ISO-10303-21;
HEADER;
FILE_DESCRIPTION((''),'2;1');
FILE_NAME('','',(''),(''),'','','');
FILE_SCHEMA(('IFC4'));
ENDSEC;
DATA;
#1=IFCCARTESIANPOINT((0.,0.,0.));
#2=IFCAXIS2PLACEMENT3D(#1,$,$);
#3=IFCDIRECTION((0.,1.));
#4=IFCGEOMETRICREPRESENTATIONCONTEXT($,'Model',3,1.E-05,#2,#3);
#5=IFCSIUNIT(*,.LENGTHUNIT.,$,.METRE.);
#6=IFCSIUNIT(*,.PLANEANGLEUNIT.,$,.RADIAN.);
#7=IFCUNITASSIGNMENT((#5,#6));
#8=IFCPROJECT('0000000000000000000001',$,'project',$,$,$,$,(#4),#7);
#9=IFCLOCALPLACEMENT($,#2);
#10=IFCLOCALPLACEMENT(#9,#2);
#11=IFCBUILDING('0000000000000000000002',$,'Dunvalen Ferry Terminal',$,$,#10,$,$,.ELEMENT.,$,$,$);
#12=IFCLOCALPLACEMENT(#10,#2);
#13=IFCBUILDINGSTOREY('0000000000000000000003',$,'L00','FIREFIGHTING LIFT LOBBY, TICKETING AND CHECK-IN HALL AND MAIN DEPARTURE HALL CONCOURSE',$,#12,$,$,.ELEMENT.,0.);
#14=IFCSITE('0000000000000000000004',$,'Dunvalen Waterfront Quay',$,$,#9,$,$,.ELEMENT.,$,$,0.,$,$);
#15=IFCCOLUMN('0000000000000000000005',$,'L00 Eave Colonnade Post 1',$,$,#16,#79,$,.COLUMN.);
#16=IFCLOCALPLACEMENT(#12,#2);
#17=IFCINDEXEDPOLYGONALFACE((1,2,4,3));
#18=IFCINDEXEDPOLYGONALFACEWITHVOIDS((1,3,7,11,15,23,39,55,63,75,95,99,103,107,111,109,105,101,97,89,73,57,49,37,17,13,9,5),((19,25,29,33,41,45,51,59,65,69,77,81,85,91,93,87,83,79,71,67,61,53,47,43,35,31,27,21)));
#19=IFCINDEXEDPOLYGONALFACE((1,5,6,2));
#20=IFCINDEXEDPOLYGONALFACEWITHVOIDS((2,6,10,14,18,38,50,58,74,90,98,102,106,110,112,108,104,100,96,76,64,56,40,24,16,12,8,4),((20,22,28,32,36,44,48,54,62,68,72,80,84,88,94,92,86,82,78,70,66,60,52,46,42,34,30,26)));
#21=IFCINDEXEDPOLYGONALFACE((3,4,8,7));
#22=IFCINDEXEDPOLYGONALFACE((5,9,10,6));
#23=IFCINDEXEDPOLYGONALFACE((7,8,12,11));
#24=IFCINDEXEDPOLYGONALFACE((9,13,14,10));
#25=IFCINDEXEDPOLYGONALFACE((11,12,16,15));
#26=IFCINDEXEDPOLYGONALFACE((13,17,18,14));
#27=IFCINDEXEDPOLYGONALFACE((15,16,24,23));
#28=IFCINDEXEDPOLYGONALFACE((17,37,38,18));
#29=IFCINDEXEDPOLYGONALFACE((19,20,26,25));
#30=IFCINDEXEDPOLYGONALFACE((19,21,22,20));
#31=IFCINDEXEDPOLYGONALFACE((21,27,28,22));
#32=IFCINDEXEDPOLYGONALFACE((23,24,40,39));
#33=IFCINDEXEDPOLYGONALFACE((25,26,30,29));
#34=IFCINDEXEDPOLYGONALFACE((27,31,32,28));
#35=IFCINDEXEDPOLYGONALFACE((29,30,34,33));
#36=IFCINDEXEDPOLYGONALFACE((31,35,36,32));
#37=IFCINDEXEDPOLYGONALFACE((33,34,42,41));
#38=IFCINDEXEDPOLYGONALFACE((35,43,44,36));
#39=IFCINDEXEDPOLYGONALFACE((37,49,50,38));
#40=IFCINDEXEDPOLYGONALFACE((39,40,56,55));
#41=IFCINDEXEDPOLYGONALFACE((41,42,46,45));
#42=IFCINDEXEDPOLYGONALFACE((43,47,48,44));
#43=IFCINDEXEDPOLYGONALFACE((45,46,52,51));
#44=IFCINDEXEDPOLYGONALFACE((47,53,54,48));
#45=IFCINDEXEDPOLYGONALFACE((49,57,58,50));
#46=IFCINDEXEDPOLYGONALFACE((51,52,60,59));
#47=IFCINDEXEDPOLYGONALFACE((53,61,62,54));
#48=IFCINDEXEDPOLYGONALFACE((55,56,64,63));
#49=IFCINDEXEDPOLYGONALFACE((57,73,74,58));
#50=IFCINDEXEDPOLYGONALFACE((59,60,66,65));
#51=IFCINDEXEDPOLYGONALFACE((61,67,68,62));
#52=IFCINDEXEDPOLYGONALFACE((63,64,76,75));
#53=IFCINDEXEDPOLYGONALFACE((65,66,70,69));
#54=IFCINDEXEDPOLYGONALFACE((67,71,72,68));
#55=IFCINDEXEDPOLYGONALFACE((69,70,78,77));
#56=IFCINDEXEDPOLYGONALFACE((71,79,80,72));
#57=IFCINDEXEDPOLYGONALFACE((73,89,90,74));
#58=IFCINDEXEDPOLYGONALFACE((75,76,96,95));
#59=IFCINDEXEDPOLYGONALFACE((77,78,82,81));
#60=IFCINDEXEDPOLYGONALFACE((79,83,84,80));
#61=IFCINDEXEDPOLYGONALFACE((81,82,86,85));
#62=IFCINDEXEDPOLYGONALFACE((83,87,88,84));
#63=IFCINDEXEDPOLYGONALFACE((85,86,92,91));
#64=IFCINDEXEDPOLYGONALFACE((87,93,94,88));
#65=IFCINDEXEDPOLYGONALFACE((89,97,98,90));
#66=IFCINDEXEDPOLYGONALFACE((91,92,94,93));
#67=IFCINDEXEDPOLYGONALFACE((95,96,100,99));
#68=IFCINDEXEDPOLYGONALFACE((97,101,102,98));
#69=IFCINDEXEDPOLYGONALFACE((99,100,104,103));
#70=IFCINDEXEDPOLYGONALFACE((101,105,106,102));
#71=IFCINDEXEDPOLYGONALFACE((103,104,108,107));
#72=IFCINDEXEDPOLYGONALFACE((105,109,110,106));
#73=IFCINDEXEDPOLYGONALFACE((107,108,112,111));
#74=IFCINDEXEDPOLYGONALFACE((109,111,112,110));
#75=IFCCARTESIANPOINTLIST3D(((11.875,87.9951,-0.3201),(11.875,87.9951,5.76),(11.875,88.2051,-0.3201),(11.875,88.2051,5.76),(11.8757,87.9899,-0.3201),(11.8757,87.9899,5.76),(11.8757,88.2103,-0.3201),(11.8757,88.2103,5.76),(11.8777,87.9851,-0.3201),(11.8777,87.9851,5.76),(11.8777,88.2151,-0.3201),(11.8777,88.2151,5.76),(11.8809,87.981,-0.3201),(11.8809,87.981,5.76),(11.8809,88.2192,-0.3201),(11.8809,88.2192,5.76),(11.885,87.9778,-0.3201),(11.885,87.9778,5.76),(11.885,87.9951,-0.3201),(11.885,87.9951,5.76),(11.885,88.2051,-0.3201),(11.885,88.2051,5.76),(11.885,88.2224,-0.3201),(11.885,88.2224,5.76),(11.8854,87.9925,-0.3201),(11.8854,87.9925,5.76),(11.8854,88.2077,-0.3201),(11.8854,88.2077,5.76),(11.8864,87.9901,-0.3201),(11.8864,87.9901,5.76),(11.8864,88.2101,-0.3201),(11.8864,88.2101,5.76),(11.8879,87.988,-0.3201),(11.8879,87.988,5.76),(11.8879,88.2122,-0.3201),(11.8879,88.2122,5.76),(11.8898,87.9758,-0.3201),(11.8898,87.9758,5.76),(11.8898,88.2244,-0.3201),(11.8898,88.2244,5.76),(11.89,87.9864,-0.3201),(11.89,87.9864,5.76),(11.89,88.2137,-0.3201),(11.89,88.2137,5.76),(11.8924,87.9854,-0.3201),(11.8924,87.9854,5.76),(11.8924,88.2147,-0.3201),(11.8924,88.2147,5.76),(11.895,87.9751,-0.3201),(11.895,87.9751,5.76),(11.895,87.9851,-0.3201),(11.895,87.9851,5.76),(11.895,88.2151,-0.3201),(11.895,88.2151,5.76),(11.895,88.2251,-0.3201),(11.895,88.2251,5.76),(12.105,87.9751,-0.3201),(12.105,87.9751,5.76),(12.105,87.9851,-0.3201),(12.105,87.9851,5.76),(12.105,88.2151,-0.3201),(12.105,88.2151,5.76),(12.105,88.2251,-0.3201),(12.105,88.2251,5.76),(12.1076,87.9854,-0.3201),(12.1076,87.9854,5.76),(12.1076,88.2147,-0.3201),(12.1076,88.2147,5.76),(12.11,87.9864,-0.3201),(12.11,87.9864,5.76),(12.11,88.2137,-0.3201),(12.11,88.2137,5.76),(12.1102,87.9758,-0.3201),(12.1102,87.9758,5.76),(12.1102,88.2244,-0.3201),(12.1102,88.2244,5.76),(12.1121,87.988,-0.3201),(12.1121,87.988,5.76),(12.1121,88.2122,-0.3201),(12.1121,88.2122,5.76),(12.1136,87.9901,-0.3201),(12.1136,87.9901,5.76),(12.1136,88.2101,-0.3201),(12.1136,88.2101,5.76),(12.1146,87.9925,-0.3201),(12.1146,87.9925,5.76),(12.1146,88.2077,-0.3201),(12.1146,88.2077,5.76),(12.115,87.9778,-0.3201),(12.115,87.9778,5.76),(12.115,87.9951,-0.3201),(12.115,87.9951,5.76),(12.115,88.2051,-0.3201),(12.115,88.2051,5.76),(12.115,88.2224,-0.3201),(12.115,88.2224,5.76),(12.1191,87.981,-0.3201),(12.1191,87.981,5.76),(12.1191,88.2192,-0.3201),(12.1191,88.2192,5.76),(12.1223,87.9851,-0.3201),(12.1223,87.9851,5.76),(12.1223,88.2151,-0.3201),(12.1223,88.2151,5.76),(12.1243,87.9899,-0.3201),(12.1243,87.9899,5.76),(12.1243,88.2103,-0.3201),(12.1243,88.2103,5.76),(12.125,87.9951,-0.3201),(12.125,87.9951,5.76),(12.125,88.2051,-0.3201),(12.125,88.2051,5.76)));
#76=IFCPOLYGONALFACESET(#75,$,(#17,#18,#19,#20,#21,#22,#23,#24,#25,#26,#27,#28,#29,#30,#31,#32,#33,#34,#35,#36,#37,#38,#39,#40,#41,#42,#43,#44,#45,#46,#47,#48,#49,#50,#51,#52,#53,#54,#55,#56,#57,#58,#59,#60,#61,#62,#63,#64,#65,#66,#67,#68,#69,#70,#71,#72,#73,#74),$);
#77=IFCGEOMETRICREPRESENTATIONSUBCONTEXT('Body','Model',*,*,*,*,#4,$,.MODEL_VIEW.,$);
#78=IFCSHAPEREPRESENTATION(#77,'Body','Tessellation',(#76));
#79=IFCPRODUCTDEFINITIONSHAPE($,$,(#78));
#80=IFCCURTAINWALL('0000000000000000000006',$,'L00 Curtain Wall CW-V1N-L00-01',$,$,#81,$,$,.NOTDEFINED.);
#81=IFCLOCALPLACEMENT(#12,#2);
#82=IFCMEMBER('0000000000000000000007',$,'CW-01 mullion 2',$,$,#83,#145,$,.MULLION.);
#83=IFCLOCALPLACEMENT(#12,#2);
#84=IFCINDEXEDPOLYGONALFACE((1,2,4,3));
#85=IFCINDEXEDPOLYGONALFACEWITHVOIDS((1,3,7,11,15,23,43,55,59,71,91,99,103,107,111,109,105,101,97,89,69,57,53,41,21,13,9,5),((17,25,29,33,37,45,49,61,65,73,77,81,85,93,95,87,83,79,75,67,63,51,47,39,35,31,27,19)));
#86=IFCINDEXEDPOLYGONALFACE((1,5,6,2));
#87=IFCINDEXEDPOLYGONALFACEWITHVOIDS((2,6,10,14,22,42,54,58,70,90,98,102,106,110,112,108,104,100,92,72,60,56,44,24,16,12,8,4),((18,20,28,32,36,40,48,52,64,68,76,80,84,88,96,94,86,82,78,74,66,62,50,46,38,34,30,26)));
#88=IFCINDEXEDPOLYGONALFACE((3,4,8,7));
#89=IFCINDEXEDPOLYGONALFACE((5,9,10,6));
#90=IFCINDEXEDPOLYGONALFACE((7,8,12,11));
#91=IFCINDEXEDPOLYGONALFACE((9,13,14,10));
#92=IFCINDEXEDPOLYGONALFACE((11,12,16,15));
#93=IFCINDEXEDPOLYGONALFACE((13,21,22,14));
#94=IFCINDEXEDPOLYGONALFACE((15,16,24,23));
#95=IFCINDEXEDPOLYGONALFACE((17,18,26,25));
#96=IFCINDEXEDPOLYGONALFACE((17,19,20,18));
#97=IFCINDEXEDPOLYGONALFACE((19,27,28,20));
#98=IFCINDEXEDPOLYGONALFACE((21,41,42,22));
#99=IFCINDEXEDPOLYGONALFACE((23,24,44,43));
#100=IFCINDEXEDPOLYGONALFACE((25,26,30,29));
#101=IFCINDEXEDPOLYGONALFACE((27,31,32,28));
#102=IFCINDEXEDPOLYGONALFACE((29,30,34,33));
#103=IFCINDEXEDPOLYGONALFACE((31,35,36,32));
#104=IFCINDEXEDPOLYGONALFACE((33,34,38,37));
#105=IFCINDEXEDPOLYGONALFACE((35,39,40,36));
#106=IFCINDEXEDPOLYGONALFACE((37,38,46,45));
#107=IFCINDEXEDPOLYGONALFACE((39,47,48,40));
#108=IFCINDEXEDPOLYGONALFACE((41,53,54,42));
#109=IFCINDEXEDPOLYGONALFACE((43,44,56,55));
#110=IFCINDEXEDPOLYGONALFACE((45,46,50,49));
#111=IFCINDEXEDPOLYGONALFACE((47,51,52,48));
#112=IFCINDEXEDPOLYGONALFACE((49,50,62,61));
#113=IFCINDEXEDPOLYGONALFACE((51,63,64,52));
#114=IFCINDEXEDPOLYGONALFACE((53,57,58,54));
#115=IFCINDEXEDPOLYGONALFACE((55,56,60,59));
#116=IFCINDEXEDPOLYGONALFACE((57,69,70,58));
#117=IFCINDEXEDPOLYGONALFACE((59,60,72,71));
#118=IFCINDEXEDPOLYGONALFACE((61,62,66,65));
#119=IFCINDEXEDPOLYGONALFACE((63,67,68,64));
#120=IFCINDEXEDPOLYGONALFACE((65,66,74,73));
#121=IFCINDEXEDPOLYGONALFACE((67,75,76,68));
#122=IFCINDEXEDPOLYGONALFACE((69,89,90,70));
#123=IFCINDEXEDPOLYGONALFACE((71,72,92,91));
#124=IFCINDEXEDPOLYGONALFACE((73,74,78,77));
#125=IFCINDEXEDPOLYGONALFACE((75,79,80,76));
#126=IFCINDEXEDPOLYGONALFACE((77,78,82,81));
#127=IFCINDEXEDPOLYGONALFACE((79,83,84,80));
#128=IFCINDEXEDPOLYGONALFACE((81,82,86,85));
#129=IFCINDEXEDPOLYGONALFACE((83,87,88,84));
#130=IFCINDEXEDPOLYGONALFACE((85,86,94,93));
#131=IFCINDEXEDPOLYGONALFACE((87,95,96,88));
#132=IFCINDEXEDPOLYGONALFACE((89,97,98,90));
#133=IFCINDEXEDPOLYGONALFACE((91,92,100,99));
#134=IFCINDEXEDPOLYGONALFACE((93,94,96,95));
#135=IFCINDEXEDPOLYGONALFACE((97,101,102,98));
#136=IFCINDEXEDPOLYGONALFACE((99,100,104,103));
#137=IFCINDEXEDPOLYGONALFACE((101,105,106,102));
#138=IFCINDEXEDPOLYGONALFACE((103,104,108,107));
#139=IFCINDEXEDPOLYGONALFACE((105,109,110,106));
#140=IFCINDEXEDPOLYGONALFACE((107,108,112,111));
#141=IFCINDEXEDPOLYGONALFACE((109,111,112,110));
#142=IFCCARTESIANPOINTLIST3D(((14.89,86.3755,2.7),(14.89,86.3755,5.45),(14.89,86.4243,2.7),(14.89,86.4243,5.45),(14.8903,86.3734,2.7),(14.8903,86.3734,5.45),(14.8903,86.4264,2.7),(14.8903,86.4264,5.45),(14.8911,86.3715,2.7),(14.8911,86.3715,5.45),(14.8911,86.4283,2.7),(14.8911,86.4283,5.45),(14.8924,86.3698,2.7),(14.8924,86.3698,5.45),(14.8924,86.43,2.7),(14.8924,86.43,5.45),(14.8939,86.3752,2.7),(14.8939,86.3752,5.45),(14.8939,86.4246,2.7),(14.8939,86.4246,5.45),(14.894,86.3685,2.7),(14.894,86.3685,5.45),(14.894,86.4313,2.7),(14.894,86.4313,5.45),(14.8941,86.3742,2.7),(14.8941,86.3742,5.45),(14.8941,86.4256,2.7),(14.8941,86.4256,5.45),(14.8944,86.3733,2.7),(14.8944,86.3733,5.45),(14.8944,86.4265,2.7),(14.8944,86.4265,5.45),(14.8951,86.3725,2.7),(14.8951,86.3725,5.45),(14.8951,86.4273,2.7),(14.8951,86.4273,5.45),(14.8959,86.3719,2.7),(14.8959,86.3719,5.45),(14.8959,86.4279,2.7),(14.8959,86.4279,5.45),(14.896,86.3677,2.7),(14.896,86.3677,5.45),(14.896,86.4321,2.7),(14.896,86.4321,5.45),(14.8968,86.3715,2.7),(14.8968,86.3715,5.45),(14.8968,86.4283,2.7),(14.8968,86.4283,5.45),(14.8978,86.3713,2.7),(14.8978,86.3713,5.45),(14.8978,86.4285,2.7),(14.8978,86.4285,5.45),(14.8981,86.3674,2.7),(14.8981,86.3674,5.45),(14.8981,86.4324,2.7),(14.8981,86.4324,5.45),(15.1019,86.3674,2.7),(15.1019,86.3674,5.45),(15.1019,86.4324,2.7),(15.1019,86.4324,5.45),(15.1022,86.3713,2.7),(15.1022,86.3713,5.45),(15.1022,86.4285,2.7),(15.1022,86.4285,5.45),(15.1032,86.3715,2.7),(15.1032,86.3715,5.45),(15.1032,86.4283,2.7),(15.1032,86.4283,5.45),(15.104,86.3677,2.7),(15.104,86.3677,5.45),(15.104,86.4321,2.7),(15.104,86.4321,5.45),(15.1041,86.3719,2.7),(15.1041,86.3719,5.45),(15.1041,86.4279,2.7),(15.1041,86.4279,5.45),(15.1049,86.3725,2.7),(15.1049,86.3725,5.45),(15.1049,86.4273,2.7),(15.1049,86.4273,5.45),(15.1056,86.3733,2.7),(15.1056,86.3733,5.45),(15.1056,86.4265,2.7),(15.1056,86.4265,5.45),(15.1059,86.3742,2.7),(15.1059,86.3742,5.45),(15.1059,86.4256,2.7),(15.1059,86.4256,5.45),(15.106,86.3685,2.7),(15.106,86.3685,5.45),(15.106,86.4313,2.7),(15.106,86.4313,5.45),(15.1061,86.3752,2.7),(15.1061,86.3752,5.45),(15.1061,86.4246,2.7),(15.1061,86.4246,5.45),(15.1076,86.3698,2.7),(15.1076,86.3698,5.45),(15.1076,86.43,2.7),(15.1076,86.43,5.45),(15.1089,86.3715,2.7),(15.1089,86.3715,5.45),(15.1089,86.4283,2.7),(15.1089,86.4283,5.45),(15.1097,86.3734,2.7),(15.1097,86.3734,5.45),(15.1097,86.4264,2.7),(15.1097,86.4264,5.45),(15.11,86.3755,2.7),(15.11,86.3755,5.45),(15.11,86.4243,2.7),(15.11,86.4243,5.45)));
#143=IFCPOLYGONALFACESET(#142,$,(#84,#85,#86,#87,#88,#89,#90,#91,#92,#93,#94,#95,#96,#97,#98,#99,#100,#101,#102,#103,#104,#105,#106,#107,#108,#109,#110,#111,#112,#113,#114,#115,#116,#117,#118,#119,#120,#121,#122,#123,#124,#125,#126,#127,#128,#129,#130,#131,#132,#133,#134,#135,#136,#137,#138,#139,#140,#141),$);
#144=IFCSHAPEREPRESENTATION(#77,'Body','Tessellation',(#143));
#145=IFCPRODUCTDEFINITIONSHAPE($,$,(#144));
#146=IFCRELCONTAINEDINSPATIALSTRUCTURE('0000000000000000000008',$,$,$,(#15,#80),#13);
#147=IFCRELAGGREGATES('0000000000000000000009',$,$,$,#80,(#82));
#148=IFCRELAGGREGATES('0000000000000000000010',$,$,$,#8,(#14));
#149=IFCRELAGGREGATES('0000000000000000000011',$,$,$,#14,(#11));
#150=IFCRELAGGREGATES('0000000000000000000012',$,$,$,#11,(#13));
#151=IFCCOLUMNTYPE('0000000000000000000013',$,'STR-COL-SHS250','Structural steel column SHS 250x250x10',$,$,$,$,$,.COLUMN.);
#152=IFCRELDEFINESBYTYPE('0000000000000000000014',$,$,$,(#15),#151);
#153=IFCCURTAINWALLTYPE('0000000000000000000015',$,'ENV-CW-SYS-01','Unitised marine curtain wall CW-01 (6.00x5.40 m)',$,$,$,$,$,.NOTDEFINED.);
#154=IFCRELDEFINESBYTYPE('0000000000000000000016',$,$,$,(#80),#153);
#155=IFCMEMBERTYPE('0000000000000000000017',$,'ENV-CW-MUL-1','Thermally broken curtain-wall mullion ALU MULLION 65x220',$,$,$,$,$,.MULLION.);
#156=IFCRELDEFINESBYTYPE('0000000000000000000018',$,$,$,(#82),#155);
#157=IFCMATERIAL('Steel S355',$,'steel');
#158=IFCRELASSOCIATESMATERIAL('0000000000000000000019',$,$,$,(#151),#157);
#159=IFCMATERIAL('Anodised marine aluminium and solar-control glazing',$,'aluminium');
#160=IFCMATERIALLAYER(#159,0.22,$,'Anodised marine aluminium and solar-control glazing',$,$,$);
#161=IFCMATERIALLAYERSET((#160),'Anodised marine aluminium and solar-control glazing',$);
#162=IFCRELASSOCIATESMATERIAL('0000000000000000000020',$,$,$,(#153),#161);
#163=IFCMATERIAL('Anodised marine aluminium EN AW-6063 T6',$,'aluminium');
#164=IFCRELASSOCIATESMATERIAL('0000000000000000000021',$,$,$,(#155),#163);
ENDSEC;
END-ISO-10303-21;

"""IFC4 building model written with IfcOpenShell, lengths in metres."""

from ifc_helpers import new_model, si_unit, direction, frame, origin, origin_2d, place, context, subcontext, project, spatial, hollow_rectangle, extrude, material, layer, layer_set, material_profile, profile_set, type_object, element, aggregate, save


model = new_model("IFC4")

# Units and contexts
model_context = context("Model", 3, precision=1e-05, world=origin(), true_north=direction((0.0, 1.0)))
body_context = subcontext(model_context, "Body", "Model", "MODEL_VIEW")
ifc_project = project(units=[si_unit("LENGTHUNIT", "METRE"), si_unit("PLANEANGLEUNIT", "RADIAN")], contexts=[model_context])

# Site, building, storey
site_placement = place(None, origin())
site = spatial("IfcSite", under=ifc_project, at=site_placement, Name="Dunvalen Waterfront Quay", CompositionType="ELEMENT", RefElevation=0.0)
building_placement = place(site_placement, origin())
building = spatial("IfcBuilding", under=site, at=building_placement, Name="Dunvalen Ferry Terminal", CompositionType="ELEMENT")
storey_placement = place(building_placement, origin())
storey = spatial("IfcBuildingStorey", under=building, at=storey_placement, Name="L00", Description="FIREFIGHTING LIFT LOBBY, TICKETING AND CHECK-IN HALL AND MAIN DEPARTURE HALL CONCOURSE", CompositionType="ELEMENT", Elevation=0.0)

# Column
ifc_material_1 = material(Name="Steel S355", Category="steel")
ifc_material_profile_1 = material_profile(ifc_material_1, hollow_rectangle(XDim=0.25, YDim=0.25, WallThickness=0.01, InnerFilletRadius=0.01, OuterFilletRadius=0.02, at=origin_2d()), Name="Steel S355")
ifc_profile_set_1 = profile_set([ifc_material_profile_1], Name="Steel S355")
column_type_1 = type_object("IfcColumnType", Name="STR-COL-SHS250", Description="Structural steel column SHS 250x250x10", PredefinedType="COLUMN", material=ifc_profile_set_1)
column_1_placement = place(storey_placement, frame((12.0, 88.1001, -0.3201), z_axis=(0.0, 0.0, 1.0), x_axis=(1.0, 0.0, 0.0)))
element("IfcColumn", 1, at=column_1_placement, inside=storey, type_object=column_type_1, Name="L00 Eave Colonnade Post 1", PredefinedType="COLUMN", context=body_context, shape_type="SweptSolid", body=[
    extrude(hollow_rectangle(XDim=0.25, YDim=0.25, WallThickness=0.01, InnerFilletRadius=0.01, OuterFilletRadius=0.02, at=origin_2d()), origin(), (0.0, 0.0, 1.0), 6.0801),
])

# Curtain wall, member
ifc_material_2 = material(Name="Anodised marine aluminium and solar-control glazing", Category="aluminium")
ifc_layer_1 = layer(ifc_material_2, 0.22, Name="Anodised marine aluminium and solar-control glazing")
ifc_layer_set_1 = layer_set([ifc_layer_1], Name="Anodised marine aluminium and solar-control glazing")
curtain_wall_type = type_object("IfcCurtainWallType", Name="ENV-CW-SYS-01", Description="Unitised marine curtain wall CW-01 (6.00x5.40 m)", PredefinedType="NOTDEFINED", material=ifc_layer_set_1)
curtain_wall_1_placement = place(storey_placement, origin())
curtain_wall_1 = element("IfcCurtainWall", 2, at=curtain_wall_1_placement, inside=storey, type_object=curtain_wall_type, Name="L00 Curtain Wall CW-V1N-L00-01", PredefinedType="NOTDEFINED")
ifc_material_3 = material(Name="Anodised marine aluminium EN AW-6063 T6", Category="aluminium")
ifc_material_profile_2 = material_profile(ifc_material_3, hollow_rectangle(XDim=0.0649, YDim=0.22, WallThickness=0.0039, InnerFilletRadius=0.0039, OuterFilletRadius=0.0081, at=origin_2d()), Name="Anodised marine aluminium EN AW-6063 T6")
ifc_profile_set_2 = profile_set([ifc_material_profile_2], Name="Anodised marine aluminium EN AW-6063 T6")
member_type_1 = type_object("IfcMemberType", Name="ENV-CW-MUL-1", Description="Thermally broken curtain-wall mullion ALU MULLION 65x220", PredefinedType="MULLION", material=ifc_profile_set_2)
member_1_placement = place(storey_placement, frame((15.0, 86.3999, 2.7), z_axis=(0.0, 0.0, 1.0), x_axis=(0.0, 1.0, 0.0)))
member_1 = element("IfcMember", 3, at=member_1_placement, type_object=member_type_1, Name="CW-01 mullion 2", PredefinedType="MULLION", context=body_context, shape_type="SweptSolid", body=[
    extrude(hollow_rectangle(XDim=0.0649, YDim=0.22, WallThickness=0.0039, InnerFilletRadius=0.0039, OuterFilletRadius=0.0081, at=origin_2d()), origin(), (0.0, 0.0, 1.0), 2.75),
])

aggregate(curtain_wall_1, [member_1])

save(model, "model.ifc")
